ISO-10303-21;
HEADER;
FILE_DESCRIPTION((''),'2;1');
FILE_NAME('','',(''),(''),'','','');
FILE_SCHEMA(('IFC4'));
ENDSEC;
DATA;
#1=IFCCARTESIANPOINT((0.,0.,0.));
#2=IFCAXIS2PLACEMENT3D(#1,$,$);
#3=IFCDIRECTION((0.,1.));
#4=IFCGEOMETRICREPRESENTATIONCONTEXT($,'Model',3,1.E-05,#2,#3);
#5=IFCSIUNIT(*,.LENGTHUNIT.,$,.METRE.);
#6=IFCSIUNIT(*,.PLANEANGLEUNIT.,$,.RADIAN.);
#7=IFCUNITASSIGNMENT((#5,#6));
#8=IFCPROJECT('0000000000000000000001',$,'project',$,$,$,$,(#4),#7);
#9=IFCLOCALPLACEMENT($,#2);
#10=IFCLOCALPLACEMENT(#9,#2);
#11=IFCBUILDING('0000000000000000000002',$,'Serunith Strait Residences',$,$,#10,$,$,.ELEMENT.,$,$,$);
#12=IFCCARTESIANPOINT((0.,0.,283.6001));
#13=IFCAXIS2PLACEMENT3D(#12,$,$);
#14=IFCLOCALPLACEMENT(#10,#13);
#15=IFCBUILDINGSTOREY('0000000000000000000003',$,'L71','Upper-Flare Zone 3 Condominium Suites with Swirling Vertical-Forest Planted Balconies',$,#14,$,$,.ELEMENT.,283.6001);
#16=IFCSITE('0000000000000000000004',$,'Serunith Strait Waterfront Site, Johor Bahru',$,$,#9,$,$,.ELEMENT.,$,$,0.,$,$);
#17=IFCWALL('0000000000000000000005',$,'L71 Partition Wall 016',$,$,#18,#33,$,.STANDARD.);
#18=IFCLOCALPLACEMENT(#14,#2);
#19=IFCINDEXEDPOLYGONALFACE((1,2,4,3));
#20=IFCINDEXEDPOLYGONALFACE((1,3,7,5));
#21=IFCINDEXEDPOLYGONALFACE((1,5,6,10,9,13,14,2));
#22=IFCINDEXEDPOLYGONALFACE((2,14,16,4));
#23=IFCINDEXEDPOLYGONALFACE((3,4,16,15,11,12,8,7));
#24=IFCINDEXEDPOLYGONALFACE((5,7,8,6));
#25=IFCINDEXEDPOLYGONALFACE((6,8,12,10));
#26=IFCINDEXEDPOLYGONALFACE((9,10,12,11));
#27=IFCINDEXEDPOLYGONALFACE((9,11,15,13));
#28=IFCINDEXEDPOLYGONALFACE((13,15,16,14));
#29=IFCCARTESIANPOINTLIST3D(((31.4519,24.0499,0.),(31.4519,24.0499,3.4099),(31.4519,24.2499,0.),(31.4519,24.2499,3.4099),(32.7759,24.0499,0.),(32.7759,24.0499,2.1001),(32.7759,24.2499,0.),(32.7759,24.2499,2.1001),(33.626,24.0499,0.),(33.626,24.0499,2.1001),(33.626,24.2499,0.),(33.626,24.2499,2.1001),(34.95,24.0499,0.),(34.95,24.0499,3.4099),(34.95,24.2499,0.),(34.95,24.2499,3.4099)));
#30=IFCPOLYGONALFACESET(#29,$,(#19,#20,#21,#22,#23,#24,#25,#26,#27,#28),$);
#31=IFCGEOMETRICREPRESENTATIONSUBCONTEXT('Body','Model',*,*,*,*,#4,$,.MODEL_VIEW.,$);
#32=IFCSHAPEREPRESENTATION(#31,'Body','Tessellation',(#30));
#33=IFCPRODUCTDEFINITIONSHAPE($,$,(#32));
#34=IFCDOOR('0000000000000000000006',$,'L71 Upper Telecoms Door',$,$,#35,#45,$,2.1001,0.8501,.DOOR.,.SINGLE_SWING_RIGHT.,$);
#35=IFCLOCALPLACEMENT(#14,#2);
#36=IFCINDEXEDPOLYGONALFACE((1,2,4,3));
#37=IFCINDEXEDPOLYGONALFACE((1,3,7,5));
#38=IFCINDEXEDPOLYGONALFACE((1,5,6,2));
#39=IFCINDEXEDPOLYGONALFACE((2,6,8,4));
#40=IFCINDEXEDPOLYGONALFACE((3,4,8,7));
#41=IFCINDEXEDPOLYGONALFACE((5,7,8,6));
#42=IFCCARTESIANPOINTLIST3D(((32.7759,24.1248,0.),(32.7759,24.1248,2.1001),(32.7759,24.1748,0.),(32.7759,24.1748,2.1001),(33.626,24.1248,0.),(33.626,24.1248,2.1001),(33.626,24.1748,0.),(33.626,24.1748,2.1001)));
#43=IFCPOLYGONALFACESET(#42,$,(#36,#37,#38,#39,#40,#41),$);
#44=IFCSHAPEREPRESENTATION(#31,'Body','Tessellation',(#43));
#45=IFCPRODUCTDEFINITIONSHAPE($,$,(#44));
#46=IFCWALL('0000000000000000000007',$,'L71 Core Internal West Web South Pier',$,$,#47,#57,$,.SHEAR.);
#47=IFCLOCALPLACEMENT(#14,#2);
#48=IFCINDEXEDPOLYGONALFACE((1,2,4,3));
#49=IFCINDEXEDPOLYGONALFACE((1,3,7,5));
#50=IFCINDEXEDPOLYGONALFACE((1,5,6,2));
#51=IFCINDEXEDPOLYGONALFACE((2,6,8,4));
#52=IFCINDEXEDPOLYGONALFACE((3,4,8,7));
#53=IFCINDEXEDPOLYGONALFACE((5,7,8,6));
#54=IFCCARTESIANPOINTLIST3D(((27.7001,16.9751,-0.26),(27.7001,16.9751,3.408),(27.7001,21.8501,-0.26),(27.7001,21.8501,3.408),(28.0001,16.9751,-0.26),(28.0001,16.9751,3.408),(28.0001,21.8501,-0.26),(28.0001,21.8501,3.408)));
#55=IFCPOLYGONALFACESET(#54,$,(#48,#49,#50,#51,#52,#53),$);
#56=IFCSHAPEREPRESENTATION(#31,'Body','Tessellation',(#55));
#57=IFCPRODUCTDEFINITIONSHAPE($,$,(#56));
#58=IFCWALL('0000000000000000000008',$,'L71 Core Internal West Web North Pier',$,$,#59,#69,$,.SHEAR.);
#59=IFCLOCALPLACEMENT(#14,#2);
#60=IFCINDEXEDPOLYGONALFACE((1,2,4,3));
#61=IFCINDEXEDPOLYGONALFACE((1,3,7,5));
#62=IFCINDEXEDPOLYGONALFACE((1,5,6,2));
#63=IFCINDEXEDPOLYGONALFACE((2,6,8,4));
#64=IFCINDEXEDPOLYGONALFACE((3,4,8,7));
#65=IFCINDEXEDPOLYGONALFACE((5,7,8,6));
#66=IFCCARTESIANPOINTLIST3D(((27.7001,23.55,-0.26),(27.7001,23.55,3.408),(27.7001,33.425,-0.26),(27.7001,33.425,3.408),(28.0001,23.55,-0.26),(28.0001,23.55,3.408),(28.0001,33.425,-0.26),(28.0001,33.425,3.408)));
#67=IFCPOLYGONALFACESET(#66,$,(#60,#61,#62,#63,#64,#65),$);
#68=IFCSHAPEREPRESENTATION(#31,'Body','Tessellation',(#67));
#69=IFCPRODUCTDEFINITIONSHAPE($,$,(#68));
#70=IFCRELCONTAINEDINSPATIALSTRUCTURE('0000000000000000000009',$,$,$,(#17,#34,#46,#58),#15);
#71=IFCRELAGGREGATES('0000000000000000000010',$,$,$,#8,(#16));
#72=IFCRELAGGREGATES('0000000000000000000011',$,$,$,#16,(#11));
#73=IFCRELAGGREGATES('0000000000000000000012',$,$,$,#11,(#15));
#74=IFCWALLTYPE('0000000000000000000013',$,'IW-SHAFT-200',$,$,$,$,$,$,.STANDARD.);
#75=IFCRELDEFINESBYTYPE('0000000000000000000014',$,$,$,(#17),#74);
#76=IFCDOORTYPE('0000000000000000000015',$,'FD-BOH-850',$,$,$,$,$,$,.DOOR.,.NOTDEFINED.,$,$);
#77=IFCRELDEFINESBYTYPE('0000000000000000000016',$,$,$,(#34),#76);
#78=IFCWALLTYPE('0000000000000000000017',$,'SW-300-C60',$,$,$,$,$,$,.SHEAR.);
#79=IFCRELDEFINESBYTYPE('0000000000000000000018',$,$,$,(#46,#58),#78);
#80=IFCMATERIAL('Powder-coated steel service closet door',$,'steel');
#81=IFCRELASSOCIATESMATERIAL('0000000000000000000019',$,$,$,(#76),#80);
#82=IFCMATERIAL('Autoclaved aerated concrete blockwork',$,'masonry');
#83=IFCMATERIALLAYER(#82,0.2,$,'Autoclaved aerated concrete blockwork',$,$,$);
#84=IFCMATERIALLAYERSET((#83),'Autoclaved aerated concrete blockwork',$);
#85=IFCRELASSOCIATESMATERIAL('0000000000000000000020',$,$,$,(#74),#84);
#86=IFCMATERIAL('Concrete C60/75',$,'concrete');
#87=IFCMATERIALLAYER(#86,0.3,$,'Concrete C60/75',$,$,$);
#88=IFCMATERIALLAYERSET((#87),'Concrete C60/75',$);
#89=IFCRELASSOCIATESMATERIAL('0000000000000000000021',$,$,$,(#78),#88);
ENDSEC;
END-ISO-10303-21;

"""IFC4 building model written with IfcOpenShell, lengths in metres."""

from ifc_helpers import new_model, si_unit, direction, frame, frame_2d, origin, place, context, subcontext, project, spatial, rectangle, extrude, source, transform, mapped, material, layer, layer_set, type_object, element, fill, save


model = new_model("IFC4")

# Units and contexts
model_context = context("Model", 3, precision=1e-05, world=origin(), true_north=direction((0.0, 1.0)))
body_context = subcontext(model_context, "Body", "Model", "MODEL_VIEW")
ifc_project = project(units=[si_unit("LENGTHUNIT", "METRE"), si_unit("PLANEANGLEUNIT", "RADIAN")], contexts=[model_context])

# Site, building, storey
site_placement = place(None, origin())
site = spatial("IfcSite", under=ifc_project, at=site_placement, Name="Serunith Strait Waterfront Site, Johor Bahru", CompositionType="ELEMENT", RefElevation=0.0)
building_placement = place(site_placement, origin())
building = spatial("IfcBuilding", under=site, at=building_placement, Name="Serunith Strait Residences", CompositionType="ELEMENT")
storey_placement = place(building_placement, frame((0.0, 0.0, 283.6001)))
storey = spatial("IfcBuildingStorey", under=building, at=storey_placement, Name="L71", Description="Upper-Flare Zone 3 Condominium Suites with Swirling Vertical-Forest Planted Balconies", CompositionType="ELEMENT", Elevation=283.6001)

# Shared definitions
ifc_material_1 = material(Name="Powder-coated steel service closet door", Category="steel")
door_type_1 = type_object("IfcDoorType", Name="FD-BOH-850", OperationType="NOTDEFINED", PredefinedType="DOOR", material=ifc_material_1)
shared_shape_1 = source(origin(), body_context, "Body", "SweptSolid", [
    extrude(rectangle(XDim=0.8501, YDim=2.1001, at=frame_2d((0.425, 1.05))), frame((0.0, 0.0249, 0.0), z_axis=(0.0, -1.0, 0.0), x_axis=(1.0, 0.0, 0.0)), (0.0, 0.0, 1.0), 0.05),
])

# Shared definitions
ifc_material_2 = material(Name="Autoclaved aerated concrete blockwork", Category="masonry")
ifc_layer_1 = layer(ifc_material_2, 0.2, Name="Autoclaved aerated concrete blockwork")
ifc_layer_set_1 = layer_set([ifc_layer_1], Name="Autoclaved aerated concrete blockwork")
wall_type_1 = type_object("IfcWallType", Name="IW-SHAFT-200", PredefinedType="STANDARD", material=ifc_layer_set_1)

# Wall, opening, door
wall_1_placement = place(storey_placement, frame((31.4519, 24.1499, 0.0), z_axis=(0.0, 0.0, 1.0), x_axis=(1.0, 0.0, 0.0)))
wall_1 = element("IfcWall", 1, at=wall_1_placement, inside=storey, type_object=wall_type_1, Name="L71 Partition Wall 016", PredefinedType="STANDARD", context=body_context, shape_type="SweptSolid", body=[
    extrude(rectangle(XDim=3.498, YDim=0.2, at=frame_2d((1.749, 0.0))), origin(), (0.0, 0.0, 1.0), 3.4099),
])
opening_1_placement = place(wall_1_placement, frame((1.324, 0.0, 0.0)))
opening_1 = element("IfcOpeningElement", 2, at=opening_1_placement, cuts=wall_1, PredefinedType="OPENING", context=body_context, shape_type="SweptSolid", body=[
    extrude(rectangle(XDim=0.8501, YDim=2.1001, at=frame_2d((0.425, 1.05))), frame((0.0, 0.1099, 0.0), z_axis=(0.0, -1.0, 0.0), x_axis=(1.0, 0.0, 0.0)), (0.0, 0.0, 1.0), 0.22),
])
door_1_placement = place(opening_1_placement, origin())
door_1 = element("IfcDoor", 3, at=door_1_placement, inside=storey, type_object=door_type_1, Name="L71 Upper Telecoms Door", OperationType="SINGLE_SWING_RIGHT", OverallHeight=2.1001, OverallWidth=0.8501, PredefinedType="DOOR", context=body_context, shape_type="MappedRepresentation", body=[
    mapped(shared_shape_1, transform((0.0, 0.0, 0.0), scale=1.0)),
])
fill(opening_1, door_1)

# Walls
ifc_material_3 = material(Name="Concrete C60/75", Category="concrete")
ifc_layer_2 = layer(ifc_material_3, 0.3, Name="Concrete C60/75")
ifc_layer_set_2 = layer_set([ifc_layer_2], Name="Concrete C60/75")
wall_type_2 = type_object("IfcWallType", Name="SW-300-C60", PredefinedType="SHEAR", material=ifc_layer_set_2)
wall_2_placement = place(storey_placement, frame((27.8501, 16.9751, -0.26), z_axis=(0.0, 0.0, 1.0), x_axis=(0.0, 1.0, 0.0)))
element("IfcWall", 4, at=wall_2_placement, inside=storey, type_object=wall_type_2, Name="L71 Core Internal West Web South Pier", PredefinedType="SHEAR", context=body_context, shape_type="SweptSolid", body=[
    extrude(rectangle(XDim=4.875, YDim=0.3, at=frame_2d((2.4375, 0.0))), origin(), (0.0, 0.0, 1.0), 3.668),
])
wall_3_placement = place(storey_placement, frame((27.8501, 23.55, -0.26), z_axis=(0.0, 0.0, 1.0), x_axis=(0.0, 1.0, 0.0)))
element("IfcWall", 5, at=wall_3_placement, inside=storey, type_object=wall_type_2, Name="L71 Core Internal West Web North Pier", PredefinedType="SHEAR", context=body_context, shape_type="SweptSolid", body=[
    extrude(rectangle(XDim=9.875, YDim=0.3, at=frame_2d((4.9375, 0.0))), origin(), (0.0, 0.0, 1.0), 3.668),
])

save(model, "model.ifc")
